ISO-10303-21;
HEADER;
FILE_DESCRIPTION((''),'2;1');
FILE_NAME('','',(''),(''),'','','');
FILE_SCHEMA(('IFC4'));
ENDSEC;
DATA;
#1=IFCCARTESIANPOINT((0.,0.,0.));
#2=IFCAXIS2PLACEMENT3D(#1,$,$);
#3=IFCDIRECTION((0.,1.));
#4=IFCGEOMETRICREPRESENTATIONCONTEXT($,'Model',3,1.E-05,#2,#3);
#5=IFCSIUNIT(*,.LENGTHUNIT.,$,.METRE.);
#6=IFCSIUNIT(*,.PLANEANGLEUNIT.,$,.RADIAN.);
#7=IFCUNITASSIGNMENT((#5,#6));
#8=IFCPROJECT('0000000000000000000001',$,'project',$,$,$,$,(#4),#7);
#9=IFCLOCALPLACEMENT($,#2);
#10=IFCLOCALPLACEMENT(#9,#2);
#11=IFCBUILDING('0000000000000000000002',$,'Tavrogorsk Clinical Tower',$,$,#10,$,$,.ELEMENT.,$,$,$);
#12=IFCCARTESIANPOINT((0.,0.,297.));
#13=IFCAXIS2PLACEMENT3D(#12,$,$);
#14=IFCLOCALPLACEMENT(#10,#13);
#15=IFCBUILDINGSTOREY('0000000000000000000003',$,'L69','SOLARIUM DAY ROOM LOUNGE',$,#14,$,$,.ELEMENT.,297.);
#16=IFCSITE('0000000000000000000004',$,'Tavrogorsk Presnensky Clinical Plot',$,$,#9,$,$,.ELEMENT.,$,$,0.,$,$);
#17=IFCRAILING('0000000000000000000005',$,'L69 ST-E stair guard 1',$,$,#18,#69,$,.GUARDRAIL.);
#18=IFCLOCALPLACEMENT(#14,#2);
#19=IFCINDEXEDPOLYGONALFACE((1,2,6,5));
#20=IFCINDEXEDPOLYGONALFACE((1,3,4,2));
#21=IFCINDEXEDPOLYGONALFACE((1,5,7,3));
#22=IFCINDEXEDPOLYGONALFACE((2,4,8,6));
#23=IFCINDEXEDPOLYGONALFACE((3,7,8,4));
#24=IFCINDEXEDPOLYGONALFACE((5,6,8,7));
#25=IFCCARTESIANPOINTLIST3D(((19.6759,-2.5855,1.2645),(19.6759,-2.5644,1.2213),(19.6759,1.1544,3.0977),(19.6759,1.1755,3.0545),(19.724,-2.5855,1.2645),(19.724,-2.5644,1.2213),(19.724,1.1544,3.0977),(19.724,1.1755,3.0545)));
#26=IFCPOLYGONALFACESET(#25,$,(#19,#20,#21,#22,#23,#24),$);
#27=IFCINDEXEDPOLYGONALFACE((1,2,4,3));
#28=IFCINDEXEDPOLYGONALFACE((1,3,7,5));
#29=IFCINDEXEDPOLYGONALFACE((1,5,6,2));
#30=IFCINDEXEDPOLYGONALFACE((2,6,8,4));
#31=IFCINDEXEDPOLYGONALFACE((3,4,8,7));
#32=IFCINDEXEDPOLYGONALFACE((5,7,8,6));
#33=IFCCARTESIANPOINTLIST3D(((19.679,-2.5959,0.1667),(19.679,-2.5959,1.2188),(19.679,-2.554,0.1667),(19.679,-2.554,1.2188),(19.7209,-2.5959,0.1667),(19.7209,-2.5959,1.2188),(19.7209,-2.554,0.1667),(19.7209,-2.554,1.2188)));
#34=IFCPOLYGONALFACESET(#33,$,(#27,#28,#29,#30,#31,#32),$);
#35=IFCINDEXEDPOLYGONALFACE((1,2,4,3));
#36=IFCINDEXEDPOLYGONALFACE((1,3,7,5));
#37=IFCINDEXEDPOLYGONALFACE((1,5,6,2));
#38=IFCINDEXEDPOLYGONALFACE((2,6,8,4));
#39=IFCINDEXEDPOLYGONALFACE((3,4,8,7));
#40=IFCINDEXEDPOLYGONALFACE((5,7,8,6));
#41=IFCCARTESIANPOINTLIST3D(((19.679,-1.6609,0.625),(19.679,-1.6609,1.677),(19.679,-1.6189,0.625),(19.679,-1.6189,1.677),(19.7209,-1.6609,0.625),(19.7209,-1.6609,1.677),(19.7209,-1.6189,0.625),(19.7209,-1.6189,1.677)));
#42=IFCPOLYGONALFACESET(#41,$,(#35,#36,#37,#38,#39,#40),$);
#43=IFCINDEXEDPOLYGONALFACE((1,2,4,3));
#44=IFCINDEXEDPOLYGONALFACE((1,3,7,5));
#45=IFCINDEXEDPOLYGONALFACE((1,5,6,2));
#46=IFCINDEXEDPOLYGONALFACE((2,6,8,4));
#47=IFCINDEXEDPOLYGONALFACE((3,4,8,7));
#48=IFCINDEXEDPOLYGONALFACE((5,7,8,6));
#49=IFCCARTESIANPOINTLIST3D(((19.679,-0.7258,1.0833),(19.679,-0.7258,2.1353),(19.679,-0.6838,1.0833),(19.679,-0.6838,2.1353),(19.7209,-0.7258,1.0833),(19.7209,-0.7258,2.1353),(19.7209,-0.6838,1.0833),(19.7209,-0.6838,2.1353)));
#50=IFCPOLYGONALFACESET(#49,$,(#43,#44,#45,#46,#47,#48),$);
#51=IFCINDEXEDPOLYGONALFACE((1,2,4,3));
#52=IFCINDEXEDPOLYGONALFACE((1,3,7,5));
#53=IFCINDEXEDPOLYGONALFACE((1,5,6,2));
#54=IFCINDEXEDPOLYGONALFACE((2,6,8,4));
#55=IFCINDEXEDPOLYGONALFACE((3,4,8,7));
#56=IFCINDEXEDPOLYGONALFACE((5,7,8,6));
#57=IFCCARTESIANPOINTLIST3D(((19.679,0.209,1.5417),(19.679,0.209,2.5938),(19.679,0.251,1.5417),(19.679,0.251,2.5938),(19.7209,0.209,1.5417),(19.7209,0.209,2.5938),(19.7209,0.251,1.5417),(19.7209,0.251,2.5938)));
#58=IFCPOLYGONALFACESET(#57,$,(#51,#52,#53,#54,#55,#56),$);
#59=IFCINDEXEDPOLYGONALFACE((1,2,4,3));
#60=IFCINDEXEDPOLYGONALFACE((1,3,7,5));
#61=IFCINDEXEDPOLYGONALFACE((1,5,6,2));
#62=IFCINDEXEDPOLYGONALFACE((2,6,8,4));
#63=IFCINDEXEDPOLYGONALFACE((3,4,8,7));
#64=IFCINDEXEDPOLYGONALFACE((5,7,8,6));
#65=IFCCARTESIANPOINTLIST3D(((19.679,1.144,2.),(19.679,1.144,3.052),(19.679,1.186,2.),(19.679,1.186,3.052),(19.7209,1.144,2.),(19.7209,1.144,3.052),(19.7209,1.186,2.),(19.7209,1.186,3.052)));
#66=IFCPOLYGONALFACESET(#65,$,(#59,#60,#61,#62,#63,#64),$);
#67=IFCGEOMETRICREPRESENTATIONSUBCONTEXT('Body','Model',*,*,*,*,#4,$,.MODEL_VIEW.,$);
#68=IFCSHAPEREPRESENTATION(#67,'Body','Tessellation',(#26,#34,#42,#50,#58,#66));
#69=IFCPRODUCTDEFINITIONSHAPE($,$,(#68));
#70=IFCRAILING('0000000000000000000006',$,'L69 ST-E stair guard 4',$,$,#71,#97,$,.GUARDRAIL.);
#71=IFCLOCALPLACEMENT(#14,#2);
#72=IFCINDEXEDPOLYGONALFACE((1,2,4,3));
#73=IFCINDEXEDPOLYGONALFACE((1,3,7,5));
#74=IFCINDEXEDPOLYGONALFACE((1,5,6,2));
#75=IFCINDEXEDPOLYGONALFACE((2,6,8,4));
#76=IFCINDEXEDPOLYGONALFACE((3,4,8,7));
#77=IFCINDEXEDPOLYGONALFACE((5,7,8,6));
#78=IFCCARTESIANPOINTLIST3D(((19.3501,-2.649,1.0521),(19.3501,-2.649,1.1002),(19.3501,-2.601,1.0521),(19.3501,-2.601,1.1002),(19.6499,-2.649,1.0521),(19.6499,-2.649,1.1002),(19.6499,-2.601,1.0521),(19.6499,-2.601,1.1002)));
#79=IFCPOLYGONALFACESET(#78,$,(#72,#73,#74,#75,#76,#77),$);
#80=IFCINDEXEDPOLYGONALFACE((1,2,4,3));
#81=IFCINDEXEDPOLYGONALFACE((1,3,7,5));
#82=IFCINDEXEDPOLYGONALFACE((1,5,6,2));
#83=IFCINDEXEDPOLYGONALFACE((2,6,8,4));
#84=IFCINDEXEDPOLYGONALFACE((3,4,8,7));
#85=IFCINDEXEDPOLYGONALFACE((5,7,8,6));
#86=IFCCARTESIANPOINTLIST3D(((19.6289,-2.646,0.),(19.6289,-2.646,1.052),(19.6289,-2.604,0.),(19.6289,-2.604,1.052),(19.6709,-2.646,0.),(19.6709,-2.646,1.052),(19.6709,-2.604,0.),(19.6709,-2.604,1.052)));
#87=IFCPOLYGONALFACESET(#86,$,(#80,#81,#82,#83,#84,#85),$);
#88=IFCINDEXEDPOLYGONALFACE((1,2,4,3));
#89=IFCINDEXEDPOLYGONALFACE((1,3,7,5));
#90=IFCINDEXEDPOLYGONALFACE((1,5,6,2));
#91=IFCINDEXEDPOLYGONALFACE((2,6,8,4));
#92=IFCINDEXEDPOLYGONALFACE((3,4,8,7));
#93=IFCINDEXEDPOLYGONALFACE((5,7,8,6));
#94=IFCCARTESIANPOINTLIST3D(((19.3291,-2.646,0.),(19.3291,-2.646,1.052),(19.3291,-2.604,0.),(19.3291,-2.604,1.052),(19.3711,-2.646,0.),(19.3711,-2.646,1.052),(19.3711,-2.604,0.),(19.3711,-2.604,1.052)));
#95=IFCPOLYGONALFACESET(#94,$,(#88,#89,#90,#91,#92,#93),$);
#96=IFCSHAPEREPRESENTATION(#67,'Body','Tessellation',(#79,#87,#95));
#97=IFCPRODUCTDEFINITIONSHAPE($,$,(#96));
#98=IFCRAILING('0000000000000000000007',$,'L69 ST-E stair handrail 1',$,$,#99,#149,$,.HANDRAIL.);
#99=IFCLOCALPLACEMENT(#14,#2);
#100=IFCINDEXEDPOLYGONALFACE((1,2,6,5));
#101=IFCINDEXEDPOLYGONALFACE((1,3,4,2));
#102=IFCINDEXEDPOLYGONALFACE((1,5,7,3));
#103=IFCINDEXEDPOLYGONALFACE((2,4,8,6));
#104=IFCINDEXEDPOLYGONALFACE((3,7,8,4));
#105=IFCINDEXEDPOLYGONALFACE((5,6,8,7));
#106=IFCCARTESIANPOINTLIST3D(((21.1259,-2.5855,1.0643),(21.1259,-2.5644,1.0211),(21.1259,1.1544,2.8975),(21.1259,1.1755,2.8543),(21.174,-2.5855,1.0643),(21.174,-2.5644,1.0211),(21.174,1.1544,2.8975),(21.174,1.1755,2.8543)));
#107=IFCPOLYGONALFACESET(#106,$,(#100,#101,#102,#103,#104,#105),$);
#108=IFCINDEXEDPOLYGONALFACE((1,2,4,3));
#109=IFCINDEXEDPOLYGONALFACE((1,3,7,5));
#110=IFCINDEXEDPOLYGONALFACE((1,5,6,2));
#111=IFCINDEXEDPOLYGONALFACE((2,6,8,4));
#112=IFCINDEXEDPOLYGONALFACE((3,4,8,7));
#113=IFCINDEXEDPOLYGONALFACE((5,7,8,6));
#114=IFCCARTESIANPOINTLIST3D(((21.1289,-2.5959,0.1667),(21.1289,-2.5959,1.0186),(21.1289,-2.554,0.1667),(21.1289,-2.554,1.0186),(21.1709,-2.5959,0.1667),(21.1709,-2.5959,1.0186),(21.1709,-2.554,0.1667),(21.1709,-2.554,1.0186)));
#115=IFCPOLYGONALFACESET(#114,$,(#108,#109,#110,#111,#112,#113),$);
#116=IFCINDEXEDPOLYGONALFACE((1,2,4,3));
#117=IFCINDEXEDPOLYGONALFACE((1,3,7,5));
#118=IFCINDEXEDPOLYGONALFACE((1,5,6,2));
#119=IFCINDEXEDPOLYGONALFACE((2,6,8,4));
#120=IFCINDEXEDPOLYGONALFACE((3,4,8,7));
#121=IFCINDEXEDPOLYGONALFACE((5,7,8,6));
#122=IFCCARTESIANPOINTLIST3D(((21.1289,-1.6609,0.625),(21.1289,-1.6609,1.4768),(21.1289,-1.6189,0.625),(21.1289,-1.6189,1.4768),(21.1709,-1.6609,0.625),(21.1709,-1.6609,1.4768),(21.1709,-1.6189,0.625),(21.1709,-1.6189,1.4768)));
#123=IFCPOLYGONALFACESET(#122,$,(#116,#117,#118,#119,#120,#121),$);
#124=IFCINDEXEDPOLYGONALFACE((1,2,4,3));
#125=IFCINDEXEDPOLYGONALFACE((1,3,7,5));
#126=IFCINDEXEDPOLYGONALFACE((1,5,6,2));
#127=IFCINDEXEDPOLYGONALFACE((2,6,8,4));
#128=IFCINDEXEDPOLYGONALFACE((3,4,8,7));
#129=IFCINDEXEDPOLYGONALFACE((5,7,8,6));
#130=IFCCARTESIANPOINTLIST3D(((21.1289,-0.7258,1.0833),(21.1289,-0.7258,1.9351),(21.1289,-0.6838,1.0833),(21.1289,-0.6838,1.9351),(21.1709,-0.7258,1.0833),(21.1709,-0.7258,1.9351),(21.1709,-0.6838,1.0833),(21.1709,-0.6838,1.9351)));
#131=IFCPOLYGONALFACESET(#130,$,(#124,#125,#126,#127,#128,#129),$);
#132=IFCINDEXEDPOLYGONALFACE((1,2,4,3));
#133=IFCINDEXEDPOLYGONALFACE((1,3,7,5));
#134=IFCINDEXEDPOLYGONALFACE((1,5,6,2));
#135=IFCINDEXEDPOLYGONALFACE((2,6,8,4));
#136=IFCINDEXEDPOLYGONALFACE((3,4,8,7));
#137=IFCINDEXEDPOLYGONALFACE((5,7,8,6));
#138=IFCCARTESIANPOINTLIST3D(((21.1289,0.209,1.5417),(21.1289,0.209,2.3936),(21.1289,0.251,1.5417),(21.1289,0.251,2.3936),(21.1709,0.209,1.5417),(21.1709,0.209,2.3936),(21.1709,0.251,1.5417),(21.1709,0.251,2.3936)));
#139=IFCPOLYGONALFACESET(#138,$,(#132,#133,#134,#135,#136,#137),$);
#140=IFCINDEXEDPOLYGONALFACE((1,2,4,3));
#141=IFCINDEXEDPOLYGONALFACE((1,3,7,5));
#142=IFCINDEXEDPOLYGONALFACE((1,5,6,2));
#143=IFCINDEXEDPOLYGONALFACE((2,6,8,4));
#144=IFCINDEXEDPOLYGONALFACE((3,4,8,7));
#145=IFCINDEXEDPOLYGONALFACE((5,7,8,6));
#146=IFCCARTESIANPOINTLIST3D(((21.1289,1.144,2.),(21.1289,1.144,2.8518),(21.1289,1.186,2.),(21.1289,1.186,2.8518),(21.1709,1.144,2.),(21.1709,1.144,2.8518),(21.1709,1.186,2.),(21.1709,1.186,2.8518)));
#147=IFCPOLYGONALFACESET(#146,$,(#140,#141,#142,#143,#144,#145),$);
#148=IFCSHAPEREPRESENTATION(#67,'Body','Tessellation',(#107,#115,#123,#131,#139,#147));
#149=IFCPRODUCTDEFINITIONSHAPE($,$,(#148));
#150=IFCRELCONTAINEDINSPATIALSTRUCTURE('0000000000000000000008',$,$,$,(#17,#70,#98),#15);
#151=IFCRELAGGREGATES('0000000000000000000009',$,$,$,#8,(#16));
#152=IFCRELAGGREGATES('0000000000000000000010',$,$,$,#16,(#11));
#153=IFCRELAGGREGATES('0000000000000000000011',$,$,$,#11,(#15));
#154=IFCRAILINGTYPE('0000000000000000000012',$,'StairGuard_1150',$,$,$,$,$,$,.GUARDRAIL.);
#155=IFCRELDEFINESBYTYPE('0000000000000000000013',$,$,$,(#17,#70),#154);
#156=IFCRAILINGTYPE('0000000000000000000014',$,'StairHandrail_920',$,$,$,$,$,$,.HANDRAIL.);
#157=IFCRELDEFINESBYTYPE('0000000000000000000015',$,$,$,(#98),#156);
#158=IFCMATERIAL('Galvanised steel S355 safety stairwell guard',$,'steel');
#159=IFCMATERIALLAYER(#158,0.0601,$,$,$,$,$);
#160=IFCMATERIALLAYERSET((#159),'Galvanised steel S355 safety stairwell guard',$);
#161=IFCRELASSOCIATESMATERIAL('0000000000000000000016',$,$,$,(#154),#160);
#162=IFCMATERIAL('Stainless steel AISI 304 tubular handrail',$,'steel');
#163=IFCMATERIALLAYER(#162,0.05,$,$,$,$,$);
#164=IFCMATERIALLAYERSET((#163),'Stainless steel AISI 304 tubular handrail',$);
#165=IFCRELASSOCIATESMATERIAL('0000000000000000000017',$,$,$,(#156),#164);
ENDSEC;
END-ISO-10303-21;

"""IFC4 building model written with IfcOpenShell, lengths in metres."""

from ifc_helpers import new_model, si_unit, direction, frame, origin, origin_2d, place, context, subcontext, project, spatial, rectangle, extrude, material, layer, layer_set, type_object, element, save


model = new_model("IFC4")

# Units and contexts
model_context = context("Model", 3, precision=1e-05, world=origin(), true_north=direction((0.0, 1.0)))
body_context = subcontext(model_context, "Body", "Model", "MODEL_VIEW")
ifc_project = project(units=[si_unit("LENGTHUNIT", "METRE"), si_unit("PLANEANGLEUNIT", "RADIAN")], contexts=[model_context])

# Site, building, storey
site_placement = place(None, origin())
site = spatial("IfcSite", under=ifc_project, at=site_placement, Name="Tavrogorsk Presnensky Clinical Plot", CompositionType="ELEMENT", RefElevation=0.0)
building_placement = place(site_placement, origin())
building = spatial("IfcBuilding", under=site, at=building_placement, Name="Tavrogorsk Clinical Tower", CompositionType="ELEMENT")
storey_placement = place(building_placement, frame((0.0, 0.0, 297.0)))
storey = spatial("IfcBuildingStorey", under=building, at=storey_placement, Name="L69", Description="SOLARIUM DAY ROOM LOUNGE", CompositionType="ELEMENT", Elevation=297.0)

# Railings
ifc_material_1 = material(Name="Galvanised steel S355 safety stairwell guard", Category="steel")
ifc_layer_1 = layer(ifc_material_1, 0.0601)
ifc_layer_set_1 = layer_set([ifc_layer_1], Name="Galvanised steel S355 safety stairwell guard")
railing_type_1 = type_object("IfcRailingType", Name="StairGuard_1150", PredefinedType="GUARDRAIL", material=ifc_layer_set_1)
railing_1_placement = place(storey_placement, frame((19.7, -2.575, 0.1667)))
element("IfcRailing", 1, at=railing_1_placement, inside=storey, type_object=railing_type_1, Name="L69 ST-E stair guard 1", PredefinedType="GUARDRAIL", context=body_context, shape_type="SweptSolid", body=[
    extrude(rectangle(XDim=0.0481, YDim=0.0481, at=origin_2d()), frame((0.0, 0.0, 1.0762), z_axis=(0.0, 0.897928, 0.440142), x_axis=(-1.0, 0.0, 0.0)), (0.0, 0.0, 1.0), 4.165),
    extrude(rectangle(XDim=0.042, YDim=0.042, at=origin_2d()), origin(), (0.0, 0.0, 1.0), 1.052),
    extrude(rectangle(XDim=0.042, YDim=0.042, at=origin_2d()), frame((0.0, 0.9351, 0.4583)), (0.0, 0.0, 1.0), 1.052),
    extrude(rectangle(XDim=0.042, YDim=0.042, at=origin_2d()), frame((0.0, 1.8701, 0.9165)), (0.0, 0.0, 1.0), 1.052),
    extrude(rectangle(XDim=0.042, YDim=0.042, at=origin_2d()), frame((0.0, 2.8049, 1.375)), (0.0, 0.0, 1.0), 1.052),
    extrude(rectangle(XDim=0.042, YDim=0.042, at=origin_2d()), frame((0.0, 3.74, 1.8333)), (0.0, 0.0, 1.0), 1.052),
])
railing_2_placement = place(storey_placement, frame((19.6499, -2.625, 0.0)))
element("IfcRailing", 2, at=railing_2_placement, inside=storey, type_object=railing_type_1, Name="L69 ST-E stair guard 4", PredefinedType="GUARDRAIL", context=body_context, shape_type="SweptSolid", body=[
    extrude(rectangle(XDim=0.0481, YDim=0.0481, at=origin_2d()), frame((0.0, 0.0, 1.0762), z_axis=(-1.0, 0.0, 0.0), x_axis=(0.0, -1.0, 0.0)), (0.0, 0.0, 1.0), 0.2998),
    extrude(rectangle(XDim=0.042, YDim=0.042, at=origin_2d()), origin(), (0.0, 0.0, 1.0), 1.052),
    extrude(rectangle(XDim=0.042, YDim=0.042, at=origin_2d()), frame((-0.2998, 0.0, 0.0)), (0.0, 0.0, 1.0), 1.052),
])
ifc_material_2 = material(Name="Stainless steel AISI 304 tubular handrail", Category="steel")
ifc_layer_2 = layer(ifc_material_2, 0.05)
ifc_layer_set_2 = layer_set([ifc_layer_2], Name="Stainless steel AISI 304 tubular handrail")
railing_type_2 = type_object("IfcRailingType", Name="StairHandrail_920", PredefinedType="HANDRAIL", material=ifc_layer_set_2)
railing_3_placement = place(storey_placement, frame((21.1499, -2.575, 0.1667)))
element("IfcRailing", 3, at=railing_3_placement, inside=storey, type_object=railing_type_2, Name="L69 ST-E stair handrail 1", PredefinedType="HANDRAIL", context=body_context, shape_type="SweptSolid", body=[
    extrude(rectangle(XDim=0.0481, YDim=0.0481, at=origin_2d()), frame((0.0, 0.0, 0.876), z_axis=(0.0, 0.897928, 0.440142), x_axis=(-1.0, 0.0, 0.0)), (0.0, 0.0, 1.0), 4.165),
    extrude(rectangle(XDim=0.042, YDim=0.042, at=origin_2d()), origin(), (0.0, 0.0, 1.0), 0.8518),
    extrude(rectangle(XDim=0.042, YDim=0.042, at=origin_2d()), frame((0.0, 0.9351, 0.4583)), (0.0, 0.0, 1.0), 0.8518),
    extrude(rectangle(XDim=0.042, YDim=0.042, at=origin_2d()), frame((0.0, 1.8701, 0.9165)), (0.0, 0.0, 1.0), 0.8518),
    extrude(rectangle(XDim=0.042, YDim=0.042, at=origin_2d()), frame((0.0, 2.8049, 1.375)), (0.0, 0.0, 1.0), 0.8518),
    extrude(rectangle(XDim=0.042, YDim=0.042, at=origin_2d()), frame((0.0, 3.74, 1.8333)), (0.0, 0.0, 1.0), 0.8518),
])

save(model, "model.ifc")
